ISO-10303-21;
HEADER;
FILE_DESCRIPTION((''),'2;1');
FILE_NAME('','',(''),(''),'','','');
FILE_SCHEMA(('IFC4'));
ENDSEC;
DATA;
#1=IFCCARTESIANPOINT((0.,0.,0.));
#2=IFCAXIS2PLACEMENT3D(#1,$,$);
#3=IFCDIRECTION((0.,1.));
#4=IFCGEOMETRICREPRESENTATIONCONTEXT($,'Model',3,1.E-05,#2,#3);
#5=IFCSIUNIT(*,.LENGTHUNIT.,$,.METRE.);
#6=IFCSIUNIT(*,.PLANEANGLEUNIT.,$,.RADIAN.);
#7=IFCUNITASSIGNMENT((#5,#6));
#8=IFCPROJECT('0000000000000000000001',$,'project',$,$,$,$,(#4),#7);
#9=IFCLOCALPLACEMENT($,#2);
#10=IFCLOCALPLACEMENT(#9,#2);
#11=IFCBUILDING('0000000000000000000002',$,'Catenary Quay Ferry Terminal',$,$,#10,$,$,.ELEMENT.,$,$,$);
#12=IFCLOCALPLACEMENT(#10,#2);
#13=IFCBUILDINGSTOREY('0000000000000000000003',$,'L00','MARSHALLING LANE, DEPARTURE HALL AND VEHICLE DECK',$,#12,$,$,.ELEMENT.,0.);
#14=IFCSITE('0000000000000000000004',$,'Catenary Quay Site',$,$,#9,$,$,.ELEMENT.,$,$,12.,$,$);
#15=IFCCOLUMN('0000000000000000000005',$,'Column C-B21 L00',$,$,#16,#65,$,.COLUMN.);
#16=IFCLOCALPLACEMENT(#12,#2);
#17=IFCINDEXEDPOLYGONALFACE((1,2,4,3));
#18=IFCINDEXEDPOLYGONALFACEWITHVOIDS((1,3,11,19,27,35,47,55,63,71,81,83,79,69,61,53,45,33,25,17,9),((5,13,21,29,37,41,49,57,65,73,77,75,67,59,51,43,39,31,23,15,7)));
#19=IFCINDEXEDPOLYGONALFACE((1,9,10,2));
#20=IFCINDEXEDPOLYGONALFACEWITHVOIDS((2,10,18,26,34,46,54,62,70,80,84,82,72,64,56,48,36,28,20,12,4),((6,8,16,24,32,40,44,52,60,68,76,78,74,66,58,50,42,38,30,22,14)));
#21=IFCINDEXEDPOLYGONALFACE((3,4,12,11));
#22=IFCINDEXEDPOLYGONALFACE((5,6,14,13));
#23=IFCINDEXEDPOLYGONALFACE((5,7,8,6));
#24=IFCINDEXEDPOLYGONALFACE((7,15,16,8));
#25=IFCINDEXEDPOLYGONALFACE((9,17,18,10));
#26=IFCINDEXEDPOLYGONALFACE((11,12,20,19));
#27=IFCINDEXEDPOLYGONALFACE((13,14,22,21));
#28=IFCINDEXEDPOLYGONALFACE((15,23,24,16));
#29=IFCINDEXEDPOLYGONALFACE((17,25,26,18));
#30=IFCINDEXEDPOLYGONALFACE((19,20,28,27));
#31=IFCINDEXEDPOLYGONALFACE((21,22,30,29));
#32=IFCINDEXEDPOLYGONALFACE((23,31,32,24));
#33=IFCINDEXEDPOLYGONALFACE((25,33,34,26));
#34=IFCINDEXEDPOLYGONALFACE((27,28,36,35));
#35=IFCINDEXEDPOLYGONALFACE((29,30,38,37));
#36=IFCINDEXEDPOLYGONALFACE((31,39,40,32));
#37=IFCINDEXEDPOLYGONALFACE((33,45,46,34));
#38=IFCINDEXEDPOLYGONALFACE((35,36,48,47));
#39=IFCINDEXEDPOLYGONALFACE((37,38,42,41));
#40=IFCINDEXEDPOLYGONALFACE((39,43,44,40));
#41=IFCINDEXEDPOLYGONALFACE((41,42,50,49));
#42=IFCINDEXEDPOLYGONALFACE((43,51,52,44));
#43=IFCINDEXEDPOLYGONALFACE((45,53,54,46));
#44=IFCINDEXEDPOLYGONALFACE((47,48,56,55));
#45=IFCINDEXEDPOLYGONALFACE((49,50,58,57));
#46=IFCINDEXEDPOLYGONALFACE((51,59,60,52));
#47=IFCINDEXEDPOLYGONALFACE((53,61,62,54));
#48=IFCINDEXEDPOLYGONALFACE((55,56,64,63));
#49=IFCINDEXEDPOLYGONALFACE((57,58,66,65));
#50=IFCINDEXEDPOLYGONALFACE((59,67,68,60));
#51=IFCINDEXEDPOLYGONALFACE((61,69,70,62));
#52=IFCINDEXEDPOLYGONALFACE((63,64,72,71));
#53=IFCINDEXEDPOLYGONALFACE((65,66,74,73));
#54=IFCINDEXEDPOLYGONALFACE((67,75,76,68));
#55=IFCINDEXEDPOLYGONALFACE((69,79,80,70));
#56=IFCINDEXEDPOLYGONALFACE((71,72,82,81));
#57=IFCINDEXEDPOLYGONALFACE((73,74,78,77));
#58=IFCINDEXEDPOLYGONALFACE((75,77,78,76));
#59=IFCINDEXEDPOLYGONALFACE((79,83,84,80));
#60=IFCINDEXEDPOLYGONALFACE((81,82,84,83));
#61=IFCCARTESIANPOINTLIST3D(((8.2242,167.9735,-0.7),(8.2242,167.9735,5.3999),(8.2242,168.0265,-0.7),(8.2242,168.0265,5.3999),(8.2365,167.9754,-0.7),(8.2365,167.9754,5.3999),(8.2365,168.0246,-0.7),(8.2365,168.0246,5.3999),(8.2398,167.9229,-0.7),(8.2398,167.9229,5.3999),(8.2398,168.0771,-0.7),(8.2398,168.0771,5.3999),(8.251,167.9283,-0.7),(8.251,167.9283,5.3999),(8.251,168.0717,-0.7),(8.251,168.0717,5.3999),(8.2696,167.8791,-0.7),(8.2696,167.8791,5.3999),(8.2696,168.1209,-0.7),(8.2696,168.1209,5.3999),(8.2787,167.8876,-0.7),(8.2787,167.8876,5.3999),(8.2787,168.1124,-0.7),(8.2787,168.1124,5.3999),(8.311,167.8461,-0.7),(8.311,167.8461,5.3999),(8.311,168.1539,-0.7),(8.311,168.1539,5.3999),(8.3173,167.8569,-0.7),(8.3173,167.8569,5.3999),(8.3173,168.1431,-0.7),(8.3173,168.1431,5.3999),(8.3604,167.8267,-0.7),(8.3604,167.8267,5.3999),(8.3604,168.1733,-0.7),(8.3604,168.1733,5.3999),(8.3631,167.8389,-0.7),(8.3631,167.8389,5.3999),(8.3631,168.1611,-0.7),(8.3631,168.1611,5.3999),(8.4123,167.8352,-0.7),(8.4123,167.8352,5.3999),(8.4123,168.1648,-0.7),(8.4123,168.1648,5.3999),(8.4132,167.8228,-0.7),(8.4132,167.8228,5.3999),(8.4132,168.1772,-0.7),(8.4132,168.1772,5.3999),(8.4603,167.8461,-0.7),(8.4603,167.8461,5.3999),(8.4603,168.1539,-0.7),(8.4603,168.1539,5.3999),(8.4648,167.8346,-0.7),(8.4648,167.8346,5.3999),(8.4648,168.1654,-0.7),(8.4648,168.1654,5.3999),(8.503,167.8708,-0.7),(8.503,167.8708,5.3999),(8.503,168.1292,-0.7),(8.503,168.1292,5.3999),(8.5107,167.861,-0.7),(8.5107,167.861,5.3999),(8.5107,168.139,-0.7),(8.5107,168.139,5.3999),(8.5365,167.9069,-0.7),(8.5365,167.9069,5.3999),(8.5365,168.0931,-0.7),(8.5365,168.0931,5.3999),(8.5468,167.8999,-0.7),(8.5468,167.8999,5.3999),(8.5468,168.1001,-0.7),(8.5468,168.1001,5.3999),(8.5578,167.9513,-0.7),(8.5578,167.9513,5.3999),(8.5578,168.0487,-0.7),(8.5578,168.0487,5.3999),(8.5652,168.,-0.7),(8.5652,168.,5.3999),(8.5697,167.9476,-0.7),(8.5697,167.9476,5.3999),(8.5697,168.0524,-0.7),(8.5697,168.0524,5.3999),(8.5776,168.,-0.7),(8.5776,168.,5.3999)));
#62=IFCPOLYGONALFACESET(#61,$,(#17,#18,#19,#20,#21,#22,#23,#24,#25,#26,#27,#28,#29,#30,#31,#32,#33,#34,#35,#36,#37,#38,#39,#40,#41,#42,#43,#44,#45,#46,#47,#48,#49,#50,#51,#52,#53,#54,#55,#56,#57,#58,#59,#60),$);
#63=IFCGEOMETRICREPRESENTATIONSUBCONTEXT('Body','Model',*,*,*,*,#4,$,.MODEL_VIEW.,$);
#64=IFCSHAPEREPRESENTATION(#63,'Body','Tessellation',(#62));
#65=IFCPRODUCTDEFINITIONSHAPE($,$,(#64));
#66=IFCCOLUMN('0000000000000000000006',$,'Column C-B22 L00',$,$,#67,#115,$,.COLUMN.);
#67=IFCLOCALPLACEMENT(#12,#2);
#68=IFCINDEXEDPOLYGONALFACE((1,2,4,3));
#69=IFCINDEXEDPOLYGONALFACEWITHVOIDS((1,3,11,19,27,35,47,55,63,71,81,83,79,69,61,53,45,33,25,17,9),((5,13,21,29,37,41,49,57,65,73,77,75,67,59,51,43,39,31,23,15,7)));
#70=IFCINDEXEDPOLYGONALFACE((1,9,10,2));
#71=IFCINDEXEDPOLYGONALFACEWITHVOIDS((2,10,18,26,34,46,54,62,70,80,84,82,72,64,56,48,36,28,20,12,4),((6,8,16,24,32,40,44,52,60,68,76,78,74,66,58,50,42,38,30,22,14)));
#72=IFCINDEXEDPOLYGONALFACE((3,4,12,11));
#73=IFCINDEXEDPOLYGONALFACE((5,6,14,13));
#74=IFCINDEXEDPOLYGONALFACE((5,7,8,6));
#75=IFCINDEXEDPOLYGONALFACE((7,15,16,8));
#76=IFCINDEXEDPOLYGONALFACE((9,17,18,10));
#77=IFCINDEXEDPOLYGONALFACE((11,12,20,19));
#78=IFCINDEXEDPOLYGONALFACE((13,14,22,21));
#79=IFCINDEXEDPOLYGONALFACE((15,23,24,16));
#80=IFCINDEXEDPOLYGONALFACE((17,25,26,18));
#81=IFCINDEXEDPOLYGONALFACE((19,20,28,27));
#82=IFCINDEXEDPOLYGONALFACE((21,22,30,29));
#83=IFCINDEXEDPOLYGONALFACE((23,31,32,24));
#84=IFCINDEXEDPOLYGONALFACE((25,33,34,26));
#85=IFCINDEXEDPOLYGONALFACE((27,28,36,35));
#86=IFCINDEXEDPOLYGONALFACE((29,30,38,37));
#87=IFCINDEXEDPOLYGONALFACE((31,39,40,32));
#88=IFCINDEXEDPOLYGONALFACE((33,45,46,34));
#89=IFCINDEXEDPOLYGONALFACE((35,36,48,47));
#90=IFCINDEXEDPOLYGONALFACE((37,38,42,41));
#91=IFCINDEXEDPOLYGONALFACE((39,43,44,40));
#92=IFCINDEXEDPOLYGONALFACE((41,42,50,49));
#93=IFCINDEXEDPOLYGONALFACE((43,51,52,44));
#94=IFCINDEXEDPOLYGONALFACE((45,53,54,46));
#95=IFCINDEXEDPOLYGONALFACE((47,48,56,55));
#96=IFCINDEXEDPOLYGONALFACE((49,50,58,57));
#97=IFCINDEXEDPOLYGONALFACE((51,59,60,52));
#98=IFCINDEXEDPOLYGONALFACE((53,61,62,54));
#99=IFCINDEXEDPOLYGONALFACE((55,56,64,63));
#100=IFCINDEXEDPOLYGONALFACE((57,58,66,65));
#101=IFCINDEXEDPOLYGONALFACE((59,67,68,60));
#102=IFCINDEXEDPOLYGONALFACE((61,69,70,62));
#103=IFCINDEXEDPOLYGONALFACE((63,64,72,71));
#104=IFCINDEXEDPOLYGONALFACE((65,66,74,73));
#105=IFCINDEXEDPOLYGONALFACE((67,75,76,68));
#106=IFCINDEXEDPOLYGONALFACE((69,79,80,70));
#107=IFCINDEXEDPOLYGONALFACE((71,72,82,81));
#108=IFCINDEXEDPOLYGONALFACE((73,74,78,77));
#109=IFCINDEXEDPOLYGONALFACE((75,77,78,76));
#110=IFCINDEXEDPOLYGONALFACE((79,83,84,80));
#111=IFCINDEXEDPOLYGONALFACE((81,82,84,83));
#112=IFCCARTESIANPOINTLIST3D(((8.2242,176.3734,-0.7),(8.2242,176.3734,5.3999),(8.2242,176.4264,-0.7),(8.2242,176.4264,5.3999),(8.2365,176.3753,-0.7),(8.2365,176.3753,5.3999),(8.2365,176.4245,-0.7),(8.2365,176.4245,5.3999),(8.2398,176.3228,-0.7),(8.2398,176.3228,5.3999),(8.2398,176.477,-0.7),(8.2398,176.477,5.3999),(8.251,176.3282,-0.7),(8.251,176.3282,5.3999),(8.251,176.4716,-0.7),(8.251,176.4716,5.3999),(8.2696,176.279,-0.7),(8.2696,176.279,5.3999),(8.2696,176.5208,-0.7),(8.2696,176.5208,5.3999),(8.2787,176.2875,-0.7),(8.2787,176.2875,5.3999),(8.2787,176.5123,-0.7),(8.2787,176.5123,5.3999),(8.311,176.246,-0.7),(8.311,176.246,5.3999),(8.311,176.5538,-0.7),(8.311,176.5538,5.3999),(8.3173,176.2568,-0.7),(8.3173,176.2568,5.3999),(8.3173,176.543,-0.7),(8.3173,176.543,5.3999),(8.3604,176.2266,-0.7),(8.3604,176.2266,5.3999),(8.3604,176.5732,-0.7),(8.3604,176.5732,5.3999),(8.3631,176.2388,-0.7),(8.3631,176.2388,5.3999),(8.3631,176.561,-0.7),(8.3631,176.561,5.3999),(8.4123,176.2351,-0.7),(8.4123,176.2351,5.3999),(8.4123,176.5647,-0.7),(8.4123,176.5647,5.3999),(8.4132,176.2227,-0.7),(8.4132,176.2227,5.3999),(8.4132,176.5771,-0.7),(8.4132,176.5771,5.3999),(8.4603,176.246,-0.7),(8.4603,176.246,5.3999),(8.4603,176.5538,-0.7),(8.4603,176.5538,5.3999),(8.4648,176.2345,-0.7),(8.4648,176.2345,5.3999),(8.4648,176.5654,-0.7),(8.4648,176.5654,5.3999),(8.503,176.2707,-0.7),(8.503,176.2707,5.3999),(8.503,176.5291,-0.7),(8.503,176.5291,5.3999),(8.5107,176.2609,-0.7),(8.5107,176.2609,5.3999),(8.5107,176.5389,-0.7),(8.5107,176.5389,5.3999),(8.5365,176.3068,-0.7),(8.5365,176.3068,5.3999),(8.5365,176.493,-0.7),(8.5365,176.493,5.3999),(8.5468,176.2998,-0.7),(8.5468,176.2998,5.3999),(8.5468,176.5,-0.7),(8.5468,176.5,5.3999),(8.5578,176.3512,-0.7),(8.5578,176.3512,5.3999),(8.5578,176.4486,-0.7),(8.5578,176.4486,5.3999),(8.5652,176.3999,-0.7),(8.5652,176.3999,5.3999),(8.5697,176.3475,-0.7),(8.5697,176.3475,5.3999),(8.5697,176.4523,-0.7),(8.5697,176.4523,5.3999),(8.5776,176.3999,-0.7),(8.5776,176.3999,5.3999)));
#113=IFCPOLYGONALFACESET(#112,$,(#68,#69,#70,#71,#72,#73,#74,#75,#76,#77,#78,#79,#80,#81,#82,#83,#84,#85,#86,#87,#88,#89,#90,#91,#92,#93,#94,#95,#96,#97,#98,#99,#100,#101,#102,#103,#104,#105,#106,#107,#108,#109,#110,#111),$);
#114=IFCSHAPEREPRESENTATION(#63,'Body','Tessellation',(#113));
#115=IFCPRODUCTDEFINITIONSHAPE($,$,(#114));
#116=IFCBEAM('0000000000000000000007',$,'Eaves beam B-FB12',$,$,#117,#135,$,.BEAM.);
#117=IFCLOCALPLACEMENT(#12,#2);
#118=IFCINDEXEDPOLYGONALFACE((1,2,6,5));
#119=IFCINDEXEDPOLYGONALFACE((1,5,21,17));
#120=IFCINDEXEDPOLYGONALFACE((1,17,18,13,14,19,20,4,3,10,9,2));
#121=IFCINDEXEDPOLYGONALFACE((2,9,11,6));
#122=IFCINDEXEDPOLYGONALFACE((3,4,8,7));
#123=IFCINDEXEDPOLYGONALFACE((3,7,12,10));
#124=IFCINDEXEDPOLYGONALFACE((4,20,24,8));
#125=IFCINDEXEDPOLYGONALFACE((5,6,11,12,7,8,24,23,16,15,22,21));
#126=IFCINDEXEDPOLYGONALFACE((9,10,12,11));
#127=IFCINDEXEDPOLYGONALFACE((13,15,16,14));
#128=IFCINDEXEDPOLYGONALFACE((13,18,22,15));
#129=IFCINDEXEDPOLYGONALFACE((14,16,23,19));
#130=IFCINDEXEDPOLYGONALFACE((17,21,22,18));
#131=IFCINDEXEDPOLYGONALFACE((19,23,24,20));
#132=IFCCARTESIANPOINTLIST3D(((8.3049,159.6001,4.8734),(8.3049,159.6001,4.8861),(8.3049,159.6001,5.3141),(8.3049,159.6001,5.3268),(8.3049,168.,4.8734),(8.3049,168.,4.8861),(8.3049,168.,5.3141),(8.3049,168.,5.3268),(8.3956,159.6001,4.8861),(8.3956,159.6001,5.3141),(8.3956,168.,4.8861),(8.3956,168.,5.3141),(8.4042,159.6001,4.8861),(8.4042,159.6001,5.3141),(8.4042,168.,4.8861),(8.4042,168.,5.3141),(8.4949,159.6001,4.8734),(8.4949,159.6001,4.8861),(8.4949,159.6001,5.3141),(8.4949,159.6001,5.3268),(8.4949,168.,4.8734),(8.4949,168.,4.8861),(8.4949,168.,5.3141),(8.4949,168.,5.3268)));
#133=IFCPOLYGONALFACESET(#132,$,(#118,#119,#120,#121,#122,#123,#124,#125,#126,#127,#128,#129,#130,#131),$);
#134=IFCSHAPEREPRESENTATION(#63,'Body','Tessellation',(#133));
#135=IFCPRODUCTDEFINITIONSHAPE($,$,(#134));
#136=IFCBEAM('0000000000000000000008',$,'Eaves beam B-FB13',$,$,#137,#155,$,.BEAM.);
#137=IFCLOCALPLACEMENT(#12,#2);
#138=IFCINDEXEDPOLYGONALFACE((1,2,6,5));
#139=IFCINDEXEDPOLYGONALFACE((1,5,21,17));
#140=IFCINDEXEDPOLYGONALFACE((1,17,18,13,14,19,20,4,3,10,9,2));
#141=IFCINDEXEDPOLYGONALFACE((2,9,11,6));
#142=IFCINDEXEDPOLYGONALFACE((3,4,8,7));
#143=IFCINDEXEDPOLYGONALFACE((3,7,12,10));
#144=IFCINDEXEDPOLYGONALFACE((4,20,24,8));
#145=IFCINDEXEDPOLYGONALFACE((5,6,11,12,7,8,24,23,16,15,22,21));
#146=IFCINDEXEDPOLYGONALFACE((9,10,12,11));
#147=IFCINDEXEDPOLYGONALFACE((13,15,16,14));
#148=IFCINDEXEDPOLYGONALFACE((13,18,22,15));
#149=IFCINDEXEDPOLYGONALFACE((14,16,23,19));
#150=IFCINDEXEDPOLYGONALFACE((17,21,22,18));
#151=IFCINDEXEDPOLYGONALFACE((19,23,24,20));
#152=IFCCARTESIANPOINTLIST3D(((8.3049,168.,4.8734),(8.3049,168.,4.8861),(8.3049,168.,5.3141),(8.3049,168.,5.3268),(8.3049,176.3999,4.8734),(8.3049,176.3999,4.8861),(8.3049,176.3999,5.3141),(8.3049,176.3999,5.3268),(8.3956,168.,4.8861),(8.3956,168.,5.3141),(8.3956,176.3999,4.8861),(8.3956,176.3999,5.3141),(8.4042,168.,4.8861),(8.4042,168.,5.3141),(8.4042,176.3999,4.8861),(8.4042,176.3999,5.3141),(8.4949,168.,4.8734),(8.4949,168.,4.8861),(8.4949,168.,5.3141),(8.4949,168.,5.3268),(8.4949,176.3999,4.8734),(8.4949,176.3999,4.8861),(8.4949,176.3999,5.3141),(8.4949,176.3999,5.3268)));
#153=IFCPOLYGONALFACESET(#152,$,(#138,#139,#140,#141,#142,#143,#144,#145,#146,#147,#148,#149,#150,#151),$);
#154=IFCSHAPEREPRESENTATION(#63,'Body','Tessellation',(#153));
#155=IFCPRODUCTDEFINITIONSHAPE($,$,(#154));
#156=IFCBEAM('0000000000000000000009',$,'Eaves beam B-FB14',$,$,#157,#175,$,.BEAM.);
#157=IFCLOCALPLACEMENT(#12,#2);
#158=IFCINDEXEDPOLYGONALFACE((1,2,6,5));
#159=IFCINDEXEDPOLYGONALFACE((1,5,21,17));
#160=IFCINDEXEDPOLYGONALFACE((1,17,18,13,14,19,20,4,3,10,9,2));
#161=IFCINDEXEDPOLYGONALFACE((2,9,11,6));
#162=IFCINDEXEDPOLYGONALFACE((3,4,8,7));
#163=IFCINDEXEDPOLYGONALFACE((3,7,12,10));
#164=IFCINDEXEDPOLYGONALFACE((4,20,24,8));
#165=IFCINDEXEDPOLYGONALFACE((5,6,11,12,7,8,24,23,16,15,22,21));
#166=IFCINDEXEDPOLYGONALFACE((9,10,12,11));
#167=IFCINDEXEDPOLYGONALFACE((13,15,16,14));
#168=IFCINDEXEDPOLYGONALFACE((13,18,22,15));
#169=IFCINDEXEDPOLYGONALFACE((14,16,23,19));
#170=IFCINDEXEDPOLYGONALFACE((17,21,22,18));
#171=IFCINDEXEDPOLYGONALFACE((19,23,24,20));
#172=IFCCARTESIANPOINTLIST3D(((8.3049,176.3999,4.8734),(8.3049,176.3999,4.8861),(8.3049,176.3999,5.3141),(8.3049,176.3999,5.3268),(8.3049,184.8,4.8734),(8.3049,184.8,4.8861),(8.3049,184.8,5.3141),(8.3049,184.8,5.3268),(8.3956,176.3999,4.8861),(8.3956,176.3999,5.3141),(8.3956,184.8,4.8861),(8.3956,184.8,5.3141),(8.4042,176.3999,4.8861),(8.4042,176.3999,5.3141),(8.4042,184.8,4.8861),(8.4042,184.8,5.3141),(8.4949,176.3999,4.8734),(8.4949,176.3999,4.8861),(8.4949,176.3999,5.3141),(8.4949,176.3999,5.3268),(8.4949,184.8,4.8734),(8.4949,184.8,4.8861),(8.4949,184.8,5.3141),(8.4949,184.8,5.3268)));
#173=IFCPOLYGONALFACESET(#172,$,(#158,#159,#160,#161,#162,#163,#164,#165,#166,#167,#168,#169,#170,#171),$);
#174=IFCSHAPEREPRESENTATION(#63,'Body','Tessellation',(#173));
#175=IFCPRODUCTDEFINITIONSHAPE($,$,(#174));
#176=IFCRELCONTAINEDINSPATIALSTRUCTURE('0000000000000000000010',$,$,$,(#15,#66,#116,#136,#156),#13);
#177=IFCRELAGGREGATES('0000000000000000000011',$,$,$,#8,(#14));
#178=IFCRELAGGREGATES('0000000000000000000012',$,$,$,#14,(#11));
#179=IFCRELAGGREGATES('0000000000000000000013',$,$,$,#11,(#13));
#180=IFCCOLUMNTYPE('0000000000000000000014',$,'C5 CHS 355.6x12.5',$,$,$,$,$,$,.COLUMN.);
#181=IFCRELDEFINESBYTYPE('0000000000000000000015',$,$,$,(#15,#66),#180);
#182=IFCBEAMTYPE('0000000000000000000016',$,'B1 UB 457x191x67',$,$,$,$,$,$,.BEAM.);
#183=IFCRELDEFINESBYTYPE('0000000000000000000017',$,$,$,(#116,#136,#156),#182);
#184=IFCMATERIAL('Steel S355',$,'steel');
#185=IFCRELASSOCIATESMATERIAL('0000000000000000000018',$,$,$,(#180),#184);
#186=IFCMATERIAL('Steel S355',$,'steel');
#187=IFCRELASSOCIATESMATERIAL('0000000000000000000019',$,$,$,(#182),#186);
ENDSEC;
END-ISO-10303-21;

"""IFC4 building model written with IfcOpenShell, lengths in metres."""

from ifc_helpers import new_model, si_unit, direction, frame, origin, origin_2d, place, context, subcontext, project, spatial, hollow_circle, i_section, extrude, material, material_profile, profile_set, type_object, element, save


model = new_model("IFC4")

# Units and contexts
model_context = context("Model", 3, precision=1e-05, world=origin(), true_north=direction((0.0, 1.0)))
body_context = subcontext(model_context, "Body", "Model", "MODEL_VIEW")
ifc_project = project(units=[si_unit("LENGTHUNIT", "METRE"), si_unit("PLANEANGLEUNIT", "RADIAN")], contexts=[model_context])

# Site, building, storey
site_placement = place(None, origin())
site = spatial("IfcSite", under=ifc_project, at=site_placement, Name="Catenary Quay Site", CompositionType="ELEMENT", RefElevation=12.0)
building_placement = place(site_placement, origin())
building = spatial("IfcBuilding", under=site, at=building_placement, Name="Catenary Quay Ferry Terminal", CompositionType="ELEMENT")
storey_placement = place(building_placement, origin())
storey = spatial("IfcBuildingStorey", under=building, at=storey_placement, Name="L00", Description="MARSHALLING LANE, DEPARTURE HALL AND VEHICLE DECK", CompositionType="ELEMENT", Elevation=0.0)

# Columns
ifc_material_1 = material(Name="Steel S355", Category="steel")
ifc_material_profile_1 = material_profile(ifc_material_1, hollow_circle(Radius=0.1777, WallThickness=0.0125, at=origin_2d()), Name="CHS 355.6x12.5")
ifc_profile_set_1 = profile_set([ifc_material_profile_1], Name="Steel S355")
column_type = type_object("IfcColumnType", Name="C5 CHS 355.6x12.5", PredefinedType="COLUMN", material=ifc_profile_set_1)
for number, where, z_axis, x_axis, name in (
    (1, (8.3999, 168.0, -0.7), (0.0, 0.0, 1.0), (1.0, 0.0, 0.0), "Column C-B21 L00"),
    (2, (8.3999, 176.3999, -0.7), (0.0, 0.0, 1.0), (1.0, 0.0, 0.0), "Column C-B22 L00"),
):
    element("IfcColumn", number, at=place(storey_placement, frame(where, z_axis=z_axis, x_axis=x_axis)), inside=storey, type_object=column_type, Name=name, PredefinedType="COLUMN", context=body_context, shape_type="SweptSolid", body=[
        extrude(hollow_circle(Radius=0.1777, WallThickness=0.0125, at=origin_2d()), origin(), (0.0, 0.0, 1.0), 6.0999),
    ])

# Beams
ifc_material_2 = material(Name="Steel S355", Category="steel")
ifc_material_profile_2 = material_profile(ifc_material_2, i_section(OverallWidth=0.1899, OverallDepth=0.4534, WebThickness=0.0085, FlangeThickness=0.0127, at=origin_2d()), Name="UB 457x191x67")
ifc_profile_set_2 = profile_set([ifc_material_profile_2], Name="Steel S355")
beam_type_1 = type_object("IfcBeamType", Name="B1 UB 457x191x67", PredefinedType="BEAM", material=ifc_profile_set_2)
for number, where, z_axis, x_axis, name in (
    (3, (8.3999, 159.6001, 5.1001), (0.0, 1.0, 0.0), (-1.0, 0.0, 0.0), "Eaves beam B-FB12"),
    (4, (8.3999, 168.0, 5.1001), (0.0, 1.0, 0.0), (-1.0, 0.0, 0.0), "Eaves beam B-FB13"),
):
    element("IfcBeam", number, at=place(storey_placement, frame(where, z_axis=z_axis, x_axis=x_axis)), inside=storey, type_object=beam_type_1, Name=name, PredefinedType="BEAM", context=body_context, shape_type="SweptSolid", body=[
        extrude(i_section(OverallWidth=0.1899, OverallDepth=0.4534, WebThickness=0.0085, FlangeThickness=0.0127, at=origin_2d()), origin(), (0.0, 0.0, 1.0), 8.3999),
    ])
beam_placement = place(storey_placement, frame((8.3999, 176.3999, 5.1001), z_axis=(0.0, 1.0, 0.0), x_axis=(-1.0, 0.0, 0.0)))
element("IfcBeam", 5, at=beam_placement, inside=storey, type_object=beam_type_1, Name="Eaves beam B-FB14", PredefinedType="BEAM", context=body_context, shape_type="SweptSolid", body=[
    extrude(i_section(OverallWidth=0.1899, OverallDepth=0.4534, WebThickness=0.0085, FlangeThickness=0.0127, at=origin_2d()), origin(), (0.0, 0.0, 1.0), 8.4001),
])

save(model, "model.ifc")
